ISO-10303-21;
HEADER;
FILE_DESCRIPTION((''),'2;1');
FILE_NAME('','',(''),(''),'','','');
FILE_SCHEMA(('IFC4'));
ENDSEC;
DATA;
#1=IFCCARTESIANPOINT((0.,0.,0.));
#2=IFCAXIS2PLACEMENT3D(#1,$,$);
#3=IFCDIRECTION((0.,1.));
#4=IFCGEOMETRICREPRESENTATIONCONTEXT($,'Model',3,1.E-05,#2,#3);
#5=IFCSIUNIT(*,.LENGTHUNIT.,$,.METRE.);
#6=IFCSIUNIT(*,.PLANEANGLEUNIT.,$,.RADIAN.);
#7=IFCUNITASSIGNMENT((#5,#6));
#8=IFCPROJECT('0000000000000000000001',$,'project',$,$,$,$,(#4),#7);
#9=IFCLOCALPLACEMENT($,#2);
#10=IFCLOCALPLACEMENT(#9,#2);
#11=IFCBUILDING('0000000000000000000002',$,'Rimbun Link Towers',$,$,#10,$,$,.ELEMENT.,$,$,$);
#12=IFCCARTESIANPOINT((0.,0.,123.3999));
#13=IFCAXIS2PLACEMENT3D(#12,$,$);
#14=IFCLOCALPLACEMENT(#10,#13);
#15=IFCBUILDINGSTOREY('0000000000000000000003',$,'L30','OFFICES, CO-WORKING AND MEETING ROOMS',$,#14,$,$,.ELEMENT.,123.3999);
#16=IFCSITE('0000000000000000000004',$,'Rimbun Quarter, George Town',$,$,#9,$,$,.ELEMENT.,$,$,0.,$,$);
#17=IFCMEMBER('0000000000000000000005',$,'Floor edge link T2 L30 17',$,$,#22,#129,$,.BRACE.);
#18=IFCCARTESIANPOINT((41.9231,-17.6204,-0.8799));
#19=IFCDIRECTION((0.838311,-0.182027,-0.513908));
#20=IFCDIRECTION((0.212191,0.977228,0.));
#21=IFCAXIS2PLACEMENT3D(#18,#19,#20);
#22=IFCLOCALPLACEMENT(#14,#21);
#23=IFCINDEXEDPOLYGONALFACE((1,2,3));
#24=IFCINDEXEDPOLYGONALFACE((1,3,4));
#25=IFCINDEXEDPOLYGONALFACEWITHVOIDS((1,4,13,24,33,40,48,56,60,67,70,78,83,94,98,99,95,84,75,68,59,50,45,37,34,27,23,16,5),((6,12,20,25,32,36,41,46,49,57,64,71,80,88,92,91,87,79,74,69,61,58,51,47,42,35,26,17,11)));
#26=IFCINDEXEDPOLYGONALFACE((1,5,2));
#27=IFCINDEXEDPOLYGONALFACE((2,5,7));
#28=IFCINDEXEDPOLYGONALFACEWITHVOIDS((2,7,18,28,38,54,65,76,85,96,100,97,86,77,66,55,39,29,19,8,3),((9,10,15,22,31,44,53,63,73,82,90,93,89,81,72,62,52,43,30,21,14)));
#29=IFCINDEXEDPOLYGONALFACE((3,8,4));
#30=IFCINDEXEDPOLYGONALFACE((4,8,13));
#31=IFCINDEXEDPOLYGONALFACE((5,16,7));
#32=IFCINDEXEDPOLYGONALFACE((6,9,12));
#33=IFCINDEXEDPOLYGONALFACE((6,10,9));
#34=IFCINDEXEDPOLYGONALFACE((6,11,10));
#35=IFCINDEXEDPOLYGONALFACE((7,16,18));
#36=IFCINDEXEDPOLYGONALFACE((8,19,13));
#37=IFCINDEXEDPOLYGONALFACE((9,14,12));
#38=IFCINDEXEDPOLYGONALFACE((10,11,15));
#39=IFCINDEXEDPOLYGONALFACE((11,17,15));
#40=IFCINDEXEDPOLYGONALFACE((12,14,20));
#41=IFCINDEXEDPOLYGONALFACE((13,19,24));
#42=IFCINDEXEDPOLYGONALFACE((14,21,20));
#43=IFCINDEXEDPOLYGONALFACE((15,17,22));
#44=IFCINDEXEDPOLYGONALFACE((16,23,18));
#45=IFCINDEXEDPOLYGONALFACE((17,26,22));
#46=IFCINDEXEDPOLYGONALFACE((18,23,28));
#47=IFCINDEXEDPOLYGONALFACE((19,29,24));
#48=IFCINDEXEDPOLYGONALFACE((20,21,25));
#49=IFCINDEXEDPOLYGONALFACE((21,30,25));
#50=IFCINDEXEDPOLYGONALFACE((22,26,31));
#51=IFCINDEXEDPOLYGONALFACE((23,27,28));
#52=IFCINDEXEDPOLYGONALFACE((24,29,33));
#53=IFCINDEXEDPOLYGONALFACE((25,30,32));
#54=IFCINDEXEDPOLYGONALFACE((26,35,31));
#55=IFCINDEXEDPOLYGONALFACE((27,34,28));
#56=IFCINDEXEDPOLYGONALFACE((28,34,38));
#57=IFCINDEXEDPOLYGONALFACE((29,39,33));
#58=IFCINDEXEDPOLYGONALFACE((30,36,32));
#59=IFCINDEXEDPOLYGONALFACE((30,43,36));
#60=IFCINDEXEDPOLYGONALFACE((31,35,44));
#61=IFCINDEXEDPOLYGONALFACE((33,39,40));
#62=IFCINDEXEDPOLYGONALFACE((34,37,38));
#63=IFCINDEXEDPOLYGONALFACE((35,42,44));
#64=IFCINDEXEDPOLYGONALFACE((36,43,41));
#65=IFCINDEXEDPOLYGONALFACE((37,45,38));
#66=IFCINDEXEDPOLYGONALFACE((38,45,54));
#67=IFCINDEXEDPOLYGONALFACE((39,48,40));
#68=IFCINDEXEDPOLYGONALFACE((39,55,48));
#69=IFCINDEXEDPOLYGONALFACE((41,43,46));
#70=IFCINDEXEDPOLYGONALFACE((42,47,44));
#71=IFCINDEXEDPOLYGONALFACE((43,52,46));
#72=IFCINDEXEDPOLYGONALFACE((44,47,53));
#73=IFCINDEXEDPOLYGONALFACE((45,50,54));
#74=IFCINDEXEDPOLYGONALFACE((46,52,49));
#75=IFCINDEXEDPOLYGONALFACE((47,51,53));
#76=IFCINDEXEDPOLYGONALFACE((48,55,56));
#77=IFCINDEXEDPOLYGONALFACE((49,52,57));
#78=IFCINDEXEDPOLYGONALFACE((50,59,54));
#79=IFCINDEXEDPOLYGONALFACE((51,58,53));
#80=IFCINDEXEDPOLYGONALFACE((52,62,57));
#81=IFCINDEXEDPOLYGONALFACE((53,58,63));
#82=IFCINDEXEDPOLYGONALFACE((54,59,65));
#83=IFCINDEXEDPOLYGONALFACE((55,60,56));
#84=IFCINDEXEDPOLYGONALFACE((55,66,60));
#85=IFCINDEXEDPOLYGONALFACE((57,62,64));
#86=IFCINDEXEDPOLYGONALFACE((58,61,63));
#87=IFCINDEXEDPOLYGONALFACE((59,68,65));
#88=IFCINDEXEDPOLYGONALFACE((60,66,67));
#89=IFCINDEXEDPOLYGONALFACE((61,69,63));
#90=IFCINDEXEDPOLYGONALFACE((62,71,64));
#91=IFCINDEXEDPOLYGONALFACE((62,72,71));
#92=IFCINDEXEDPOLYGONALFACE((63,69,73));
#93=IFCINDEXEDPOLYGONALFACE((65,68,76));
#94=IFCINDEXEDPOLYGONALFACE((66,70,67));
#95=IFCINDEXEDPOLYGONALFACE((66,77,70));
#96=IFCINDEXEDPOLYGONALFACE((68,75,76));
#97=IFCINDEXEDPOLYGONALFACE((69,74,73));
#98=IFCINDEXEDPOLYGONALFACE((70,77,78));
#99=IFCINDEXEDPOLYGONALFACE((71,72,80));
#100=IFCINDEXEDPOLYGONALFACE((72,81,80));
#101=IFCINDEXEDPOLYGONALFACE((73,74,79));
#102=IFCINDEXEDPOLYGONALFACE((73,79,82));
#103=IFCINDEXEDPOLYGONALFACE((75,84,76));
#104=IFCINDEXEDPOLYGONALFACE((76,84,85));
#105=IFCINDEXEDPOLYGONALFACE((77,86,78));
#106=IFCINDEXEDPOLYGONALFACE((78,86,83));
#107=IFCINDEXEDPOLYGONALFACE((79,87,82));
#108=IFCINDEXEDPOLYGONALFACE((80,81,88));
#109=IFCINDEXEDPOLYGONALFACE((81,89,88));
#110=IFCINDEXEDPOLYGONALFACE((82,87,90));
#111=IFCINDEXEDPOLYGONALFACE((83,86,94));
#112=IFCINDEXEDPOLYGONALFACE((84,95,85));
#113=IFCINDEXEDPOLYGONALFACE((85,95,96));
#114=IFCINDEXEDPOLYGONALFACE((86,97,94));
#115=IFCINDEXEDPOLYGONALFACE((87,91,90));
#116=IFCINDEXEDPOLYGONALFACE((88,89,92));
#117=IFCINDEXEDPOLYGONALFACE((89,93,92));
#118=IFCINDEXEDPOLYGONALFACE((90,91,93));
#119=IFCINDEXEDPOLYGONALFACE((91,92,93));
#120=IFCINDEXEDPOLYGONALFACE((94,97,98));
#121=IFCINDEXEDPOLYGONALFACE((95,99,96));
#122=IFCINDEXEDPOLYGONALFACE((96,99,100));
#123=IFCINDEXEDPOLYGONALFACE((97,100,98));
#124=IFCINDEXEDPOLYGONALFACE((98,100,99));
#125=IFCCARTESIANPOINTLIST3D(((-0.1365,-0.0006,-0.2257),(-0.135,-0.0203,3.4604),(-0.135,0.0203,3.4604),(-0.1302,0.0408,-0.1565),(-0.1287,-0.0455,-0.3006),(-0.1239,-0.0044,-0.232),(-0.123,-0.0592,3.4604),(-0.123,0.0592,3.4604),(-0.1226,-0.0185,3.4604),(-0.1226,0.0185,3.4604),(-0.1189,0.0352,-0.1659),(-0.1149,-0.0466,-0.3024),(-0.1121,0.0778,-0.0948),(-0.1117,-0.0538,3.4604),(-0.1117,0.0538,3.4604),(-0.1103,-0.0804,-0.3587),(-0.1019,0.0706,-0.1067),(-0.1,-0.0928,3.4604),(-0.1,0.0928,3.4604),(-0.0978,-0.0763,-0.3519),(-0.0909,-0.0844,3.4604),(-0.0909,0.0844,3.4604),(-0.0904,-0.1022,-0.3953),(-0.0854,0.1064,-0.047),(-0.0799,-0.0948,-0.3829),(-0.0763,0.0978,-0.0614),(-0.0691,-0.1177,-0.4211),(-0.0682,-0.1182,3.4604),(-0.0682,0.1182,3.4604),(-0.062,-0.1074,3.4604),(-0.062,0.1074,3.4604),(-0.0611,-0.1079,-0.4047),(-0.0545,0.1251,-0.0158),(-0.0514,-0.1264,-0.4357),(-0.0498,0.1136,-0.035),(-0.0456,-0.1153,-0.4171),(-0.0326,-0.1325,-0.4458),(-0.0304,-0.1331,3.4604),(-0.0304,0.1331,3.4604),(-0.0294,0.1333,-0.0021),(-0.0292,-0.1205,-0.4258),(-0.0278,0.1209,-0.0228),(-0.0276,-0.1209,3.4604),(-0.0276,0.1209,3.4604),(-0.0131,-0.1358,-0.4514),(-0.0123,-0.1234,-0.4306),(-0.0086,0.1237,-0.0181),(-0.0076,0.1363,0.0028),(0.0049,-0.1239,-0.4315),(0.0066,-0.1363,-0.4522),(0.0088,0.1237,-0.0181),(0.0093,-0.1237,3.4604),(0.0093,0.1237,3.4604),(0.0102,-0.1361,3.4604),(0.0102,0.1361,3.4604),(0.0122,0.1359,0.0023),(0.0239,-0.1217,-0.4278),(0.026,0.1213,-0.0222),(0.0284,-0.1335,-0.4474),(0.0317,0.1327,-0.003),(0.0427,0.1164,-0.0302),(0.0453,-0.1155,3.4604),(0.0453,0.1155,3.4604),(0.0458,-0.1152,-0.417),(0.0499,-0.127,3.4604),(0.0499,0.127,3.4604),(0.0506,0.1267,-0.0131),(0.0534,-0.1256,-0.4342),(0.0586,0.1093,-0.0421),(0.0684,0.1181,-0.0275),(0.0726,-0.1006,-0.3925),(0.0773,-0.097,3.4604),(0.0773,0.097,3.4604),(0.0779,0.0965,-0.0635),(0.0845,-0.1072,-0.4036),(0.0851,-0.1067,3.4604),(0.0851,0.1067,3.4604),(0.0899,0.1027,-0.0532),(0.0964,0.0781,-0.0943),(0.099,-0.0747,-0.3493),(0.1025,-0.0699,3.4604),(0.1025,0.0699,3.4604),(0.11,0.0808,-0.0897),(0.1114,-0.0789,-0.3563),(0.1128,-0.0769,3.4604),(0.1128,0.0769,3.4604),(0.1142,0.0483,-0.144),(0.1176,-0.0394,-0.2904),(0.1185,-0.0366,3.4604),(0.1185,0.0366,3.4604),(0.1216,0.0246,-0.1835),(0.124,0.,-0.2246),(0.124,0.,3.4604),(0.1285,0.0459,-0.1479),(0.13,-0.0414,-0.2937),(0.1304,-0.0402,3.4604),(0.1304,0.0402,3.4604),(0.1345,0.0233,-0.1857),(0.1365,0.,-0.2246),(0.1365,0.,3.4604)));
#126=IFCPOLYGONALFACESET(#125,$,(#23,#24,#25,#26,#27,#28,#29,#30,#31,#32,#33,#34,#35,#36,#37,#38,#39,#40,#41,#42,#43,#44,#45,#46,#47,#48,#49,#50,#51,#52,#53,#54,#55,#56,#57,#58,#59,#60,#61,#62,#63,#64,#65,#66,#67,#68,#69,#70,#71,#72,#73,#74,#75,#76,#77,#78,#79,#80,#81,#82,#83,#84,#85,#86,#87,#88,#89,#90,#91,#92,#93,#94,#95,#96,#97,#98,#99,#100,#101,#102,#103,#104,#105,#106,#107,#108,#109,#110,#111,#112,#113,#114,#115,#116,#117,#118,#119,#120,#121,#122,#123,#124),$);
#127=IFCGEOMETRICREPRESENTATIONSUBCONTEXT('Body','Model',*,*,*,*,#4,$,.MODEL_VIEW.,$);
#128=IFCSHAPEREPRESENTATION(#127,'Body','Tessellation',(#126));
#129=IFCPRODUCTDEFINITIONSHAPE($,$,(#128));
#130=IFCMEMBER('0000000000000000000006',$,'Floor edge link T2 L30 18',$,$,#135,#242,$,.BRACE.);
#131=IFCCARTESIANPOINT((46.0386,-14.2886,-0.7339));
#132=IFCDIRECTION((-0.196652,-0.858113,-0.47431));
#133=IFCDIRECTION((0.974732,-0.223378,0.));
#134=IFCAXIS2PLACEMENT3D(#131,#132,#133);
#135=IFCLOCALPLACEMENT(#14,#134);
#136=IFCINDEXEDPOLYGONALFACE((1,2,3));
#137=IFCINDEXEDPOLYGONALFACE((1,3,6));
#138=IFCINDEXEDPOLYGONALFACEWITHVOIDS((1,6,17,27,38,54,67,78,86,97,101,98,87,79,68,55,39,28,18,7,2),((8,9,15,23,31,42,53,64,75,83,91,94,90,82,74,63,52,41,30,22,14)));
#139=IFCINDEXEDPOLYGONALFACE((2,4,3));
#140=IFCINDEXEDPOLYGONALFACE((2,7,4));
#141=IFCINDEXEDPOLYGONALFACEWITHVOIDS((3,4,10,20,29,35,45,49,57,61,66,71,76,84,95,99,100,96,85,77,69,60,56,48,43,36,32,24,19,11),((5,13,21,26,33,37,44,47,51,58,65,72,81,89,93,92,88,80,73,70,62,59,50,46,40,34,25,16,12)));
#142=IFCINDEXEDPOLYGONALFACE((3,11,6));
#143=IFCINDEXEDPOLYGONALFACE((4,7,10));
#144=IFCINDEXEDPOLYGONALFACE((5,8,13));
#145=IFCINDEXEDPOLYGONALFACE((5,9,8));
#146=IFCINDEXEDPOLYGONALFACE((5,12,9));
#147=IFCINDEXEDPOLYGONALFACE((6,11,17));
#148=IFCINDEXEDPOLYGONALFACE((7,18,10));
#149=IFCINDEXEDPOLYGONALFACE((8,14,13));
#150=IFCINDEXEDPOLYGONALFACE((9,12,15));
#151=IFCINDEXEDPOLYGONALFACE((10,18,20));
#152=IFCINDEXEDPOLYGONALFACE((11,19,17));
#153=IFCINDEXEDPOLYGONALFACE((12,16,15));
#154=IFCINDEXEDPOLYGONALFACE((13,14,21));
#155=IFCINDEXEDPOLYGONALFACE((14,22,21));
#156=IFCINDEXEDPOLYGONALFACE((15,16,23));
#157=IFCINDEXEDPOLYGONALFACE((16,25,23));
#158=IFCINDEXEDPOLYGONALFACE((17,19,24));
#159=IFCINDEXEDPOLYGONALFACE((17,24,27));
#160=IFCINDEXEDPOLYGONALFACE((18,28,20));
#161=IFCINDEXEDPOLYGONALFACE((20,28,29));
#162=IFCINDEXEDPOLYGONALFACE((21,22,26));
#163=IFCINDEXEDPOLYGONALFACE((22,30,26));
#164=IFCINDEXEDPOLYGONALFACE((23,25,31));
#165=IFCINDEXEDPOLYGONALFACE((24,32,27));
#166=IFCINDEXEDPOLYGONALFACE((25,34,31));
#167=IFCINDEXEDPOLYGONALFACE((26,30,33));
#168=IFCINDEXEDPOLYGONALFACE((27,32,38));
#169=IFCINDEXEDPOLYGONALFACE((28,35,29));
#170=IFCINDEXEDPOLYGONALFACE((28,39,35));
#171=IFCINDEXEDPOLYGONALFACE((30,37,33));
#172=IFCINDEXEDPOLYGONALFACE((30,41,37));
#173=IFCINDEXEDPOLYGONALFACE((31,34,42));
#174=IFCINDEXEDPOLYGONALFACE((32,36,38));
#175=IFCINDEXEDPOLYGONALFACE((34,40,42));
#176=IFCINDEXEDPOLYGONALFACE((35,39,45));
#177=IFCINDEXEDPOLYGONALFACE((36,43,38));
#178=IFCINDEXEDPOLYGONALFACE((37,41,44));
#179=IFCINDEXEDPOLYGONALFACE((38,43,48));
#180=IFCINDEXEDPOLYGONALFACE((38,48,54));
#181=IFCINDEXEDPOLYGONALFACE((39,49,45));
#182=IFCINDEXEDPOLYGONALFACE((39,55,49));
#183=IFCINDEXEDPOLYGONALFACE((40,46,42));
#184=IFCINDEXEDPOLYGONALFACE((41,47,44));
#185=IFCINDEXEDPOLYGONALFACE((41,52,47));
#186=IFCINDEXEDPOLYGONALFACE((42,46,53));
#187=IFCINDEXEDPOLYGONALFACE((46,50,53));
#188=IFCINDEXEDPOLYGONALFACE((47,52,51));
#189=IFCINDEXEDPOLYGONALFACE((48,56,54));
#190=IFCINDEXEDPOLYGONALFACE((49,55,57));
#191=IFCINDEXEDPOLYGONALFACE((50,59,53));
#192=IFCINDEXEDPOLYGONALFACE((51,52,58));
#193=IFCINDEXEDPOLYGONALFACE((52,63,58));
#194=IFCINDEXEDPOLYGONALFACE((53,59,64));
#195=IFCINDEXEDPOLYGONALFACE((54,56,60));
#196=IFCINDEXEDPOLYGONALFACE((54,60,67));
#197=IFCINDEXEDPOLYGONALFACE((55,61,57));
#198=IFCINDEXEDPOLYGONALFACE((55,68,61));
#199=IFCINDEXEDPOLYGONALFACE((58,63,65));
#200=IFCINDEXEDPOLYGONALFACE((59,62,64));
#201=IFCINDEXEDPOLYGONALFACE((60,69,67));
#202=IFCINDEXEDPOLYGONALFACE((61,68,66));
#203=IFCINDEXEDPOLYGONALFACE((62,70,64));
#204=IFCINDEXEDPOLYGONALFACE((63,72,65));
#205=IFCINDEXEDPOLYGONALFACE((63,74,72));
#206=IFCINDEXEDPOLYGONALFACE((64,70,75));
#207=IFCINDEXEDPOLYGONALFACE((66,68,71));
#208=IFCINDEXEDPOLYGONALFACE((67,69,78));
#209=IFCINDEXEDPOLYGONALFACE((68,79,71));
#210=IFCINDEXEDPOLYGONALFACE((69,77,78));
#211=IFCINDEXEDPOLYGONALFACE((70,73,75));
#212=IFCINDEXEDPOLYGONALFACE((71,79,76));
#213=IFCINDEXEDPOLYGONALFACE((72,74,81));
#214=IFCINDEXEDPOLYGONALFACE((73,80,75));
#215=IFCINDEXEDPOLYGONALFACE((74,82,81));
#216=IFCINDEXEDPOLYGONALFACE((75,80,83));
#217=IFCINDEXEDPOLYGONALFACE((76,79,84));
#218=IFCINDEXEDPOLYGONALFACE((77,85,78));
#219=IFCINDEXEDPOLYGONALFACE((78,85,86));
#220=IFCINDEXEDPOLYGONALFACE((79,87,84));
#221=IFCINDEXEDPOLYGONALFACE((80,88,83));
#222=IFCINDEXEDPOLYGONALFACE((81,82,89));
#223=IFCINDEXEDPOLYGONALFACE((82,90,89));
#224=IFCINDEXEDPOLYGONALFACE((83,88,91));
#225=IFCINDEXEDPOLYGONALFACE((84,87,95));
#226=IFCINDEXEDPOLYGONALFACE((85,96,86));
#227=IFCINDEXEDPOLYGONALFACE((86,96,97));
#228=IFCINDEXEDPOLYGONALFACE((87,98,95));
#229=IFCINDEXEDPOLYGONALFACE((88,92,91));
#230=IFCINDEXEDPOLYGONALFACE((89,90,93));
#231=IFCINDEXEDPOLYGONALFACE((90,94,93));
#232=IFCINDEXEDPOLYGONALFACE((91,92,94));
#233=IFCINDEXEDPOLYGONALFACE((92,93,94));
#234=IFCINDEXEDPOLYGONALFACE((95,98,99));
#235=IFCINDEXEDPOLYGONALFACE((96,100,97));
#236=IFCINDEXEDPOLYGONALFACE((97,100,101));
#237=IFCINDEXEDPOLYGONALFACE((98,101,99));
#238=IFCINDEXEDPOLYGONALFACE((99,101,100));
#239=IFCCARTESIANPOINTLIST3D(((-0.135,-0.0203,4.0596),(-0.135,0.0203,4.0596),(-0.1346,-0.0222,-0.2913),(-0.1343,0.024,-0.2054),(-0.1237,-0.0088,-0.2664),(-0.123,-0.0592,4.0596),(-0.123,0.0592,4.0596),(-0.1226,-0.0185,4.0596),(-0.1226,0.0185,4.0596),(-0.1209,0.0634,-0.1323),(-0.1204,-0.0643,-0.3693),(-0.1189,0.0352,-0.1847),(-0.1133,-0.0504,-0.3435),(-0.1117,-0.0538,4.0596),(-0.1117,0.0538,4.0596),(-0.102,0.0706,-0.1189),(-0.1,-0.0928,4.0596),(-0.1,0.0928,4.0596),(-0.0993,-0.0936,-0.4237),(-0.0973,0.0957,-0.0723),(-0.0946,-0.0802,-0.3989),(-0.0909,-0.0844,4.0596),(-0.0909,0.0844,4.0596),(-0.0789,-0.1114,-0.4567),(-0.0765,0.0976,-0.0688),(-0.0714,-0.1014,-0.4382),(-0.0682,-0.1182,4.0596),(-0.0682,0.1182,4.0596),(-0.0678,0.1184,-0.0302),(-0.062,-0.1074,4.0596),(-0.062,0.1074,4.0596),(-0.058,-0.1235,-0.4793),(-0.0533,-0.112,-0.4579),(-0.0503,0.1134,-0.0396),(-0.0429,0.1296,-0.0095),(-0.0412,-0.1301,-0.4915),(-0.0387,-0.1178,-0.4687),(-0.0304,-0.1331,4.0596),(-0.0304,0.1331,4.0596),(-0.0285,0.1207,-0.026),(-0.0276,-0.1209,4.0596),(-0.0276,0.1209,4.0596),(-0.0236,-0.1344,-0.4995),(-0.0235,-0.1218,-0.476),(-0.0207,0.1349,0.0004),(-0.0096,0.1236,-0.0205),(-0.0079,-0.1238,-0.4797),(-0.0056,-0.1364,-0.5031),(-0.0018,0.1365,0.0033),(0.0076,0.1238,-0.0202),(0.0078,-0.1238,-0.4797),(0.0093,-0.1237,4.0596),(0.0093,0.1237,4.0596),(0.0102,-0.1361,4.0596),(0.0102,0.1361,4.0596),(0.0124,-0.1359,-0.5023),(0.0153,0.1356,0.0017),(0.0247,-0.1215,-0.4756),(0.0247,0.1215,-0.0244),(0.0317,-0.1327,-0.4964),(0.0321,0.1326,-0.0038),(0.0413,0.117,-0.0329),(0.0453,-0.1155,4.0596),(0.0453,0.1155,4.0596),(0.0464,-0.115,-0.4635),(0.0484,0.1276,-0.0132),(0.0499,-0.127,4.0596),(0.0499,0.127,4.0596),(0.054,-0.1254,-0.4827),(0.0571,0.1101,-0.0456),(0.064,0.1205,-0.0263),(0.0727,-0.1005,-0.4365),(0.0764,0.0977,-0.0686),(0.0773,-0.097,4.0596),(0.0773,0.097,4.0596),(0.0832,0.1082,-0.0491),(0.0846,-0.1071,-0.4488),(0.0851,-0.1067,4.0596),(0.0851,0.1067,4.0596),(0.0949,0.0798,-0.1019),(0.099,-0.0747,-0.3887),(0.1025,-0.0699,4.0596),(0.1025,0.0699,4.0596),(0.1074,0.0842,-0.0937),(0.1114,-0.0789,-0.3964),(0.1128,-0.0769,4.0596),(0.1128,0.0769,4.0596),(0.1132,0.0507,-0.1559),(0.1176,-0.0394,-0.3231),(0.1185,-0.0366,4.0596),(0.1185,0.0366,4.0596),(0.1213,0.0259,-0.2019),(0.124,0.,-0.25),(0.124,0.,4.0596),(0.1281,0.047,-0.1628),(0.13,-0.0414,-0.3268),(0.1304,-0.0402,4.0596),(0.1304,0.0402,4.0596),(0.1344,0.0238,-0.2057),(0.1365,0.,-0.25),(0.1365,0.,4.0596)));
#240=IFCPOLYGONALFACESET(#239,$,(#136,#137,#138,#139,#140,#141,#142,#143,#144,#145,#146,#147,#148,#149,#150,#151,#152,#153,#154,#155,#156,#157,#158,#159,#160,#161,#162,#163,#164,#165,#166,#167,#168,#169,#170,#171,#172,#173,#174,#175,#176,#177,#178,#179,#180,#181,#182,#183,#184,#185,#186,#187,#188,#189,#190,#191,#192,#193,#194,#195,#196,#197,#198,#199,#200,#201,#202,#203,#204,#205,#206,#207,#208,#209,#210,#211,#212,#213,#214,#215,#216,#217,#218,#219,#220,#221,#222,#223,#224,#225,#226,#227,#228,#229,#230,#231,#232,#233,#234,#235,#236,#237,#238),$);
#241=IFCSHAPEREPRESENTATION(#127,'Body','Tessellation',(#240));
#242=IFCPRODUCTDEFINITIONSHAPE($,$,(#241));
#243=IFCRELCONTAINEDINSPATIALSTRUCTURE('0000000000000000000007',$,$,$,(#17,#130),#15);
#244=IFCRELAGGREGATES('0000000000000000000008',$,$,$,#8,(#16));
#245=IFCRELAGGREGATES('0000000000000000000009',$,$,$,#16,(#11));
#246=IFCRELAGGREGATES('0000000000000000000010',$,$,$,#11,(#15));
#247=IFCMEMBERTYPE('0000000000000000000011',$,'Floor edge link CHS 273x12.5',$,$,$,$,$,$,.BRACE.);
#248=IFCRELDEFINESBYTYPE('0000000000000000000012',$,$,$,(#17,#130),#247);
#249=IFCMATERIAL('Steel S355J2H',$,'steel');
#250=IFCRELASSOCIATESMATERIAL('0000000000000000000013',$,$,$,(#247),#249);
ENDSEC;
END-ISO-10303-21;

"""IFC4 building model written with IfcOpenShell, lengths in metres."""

from ifc_helpers import new_model, si_unit, direction, frame, origin, origin_2d, place, context, subcontext, project, spatial, hollow_circle, extrude, clip, halfspace, material, material_profile, profile_set, type_object, element, save


model = new_model("IFC4")

# Units and contexts
model_context = context("Model", 3, precision=1e-05, world=origin(), true_north=direction((0.0, 1.0)))
body_context = subcontext(model_context, "Body", "Model", "MODEL_VIEW")
ifc_project = project(units=[si_unit("LENGTHUNIT", "METRE"), si_unit("PLANEANGLEUNIT", "RADIAN")], contexts=[model_context])

# Site, building, storey
site_placement = place(None, origin())
site = spatial("IfcSite", under=ifc_project, at=site_placement, Name="Rimbun Quarter, George Town", CompositionType="ELEMENT", RefElevation=0.0)
building_placement = place(site_placement, origin())
building = spatial("IfcBuilding", under=site, at=building_placement, Name="Rimbun Link Towers", CompositionType="ELEMENT")
storey_placement = place(building_placement, frame((0.0, 0.0, 123.3999)))
storey = spatial("IfcBuildingStorey", under=building, at=storey_placement, Name="L30", Description="OFFICES, CO-WORKING AND MEETING ROOMS", CompositionType="ELEMENT", Elevation=123.3999)

# Members
ifc_material_1 = material(Name="Steel S355J2H", Category="steel")
ifc_material_profile_1 = material_profile(ifc_material_1, hollow_circle(Radius=0.1365, WallThickness=0.0125, at=origin_2d()), Name="CHS 273x12.5")
ifc_profile_set_1 = profile_set([ifc_material_profile_1], Name="Steel S355J2H")
member_type_1 = type_object("IfcMemberType", Name="Floor edge link CHS 273x12.5", PredefinedType="BRACE", material=ifc_profile_set_1)
member_1_placement = place(storey_placement, frame((41.9231, -17.6204, -0.8799), z_axis=(0.838311, -0.182027, -0.513908), x_axis=(0.212191, 0.977228, 0.0)))
element("IfcMember", 1, at=member_1_placement, inside=storey, type_object=member_type_1, Name="Floor edge link T2 L30 17", PredefinedType="BRACE", context=body_context, shape_type="Clipping", body=[
    clip(extrude(hollow_circle(Radius=0.1365, WallThickness=0.0125, at=origin_2d()), frame((0.0, 0.0, -0.4751)), (0.0, 0.0, 1.0), 3.9355), halfspace(frame((0.0, 0.0, -0.2246), z_axis=(0.0, 0.857845, -0.513908)), False)),
])
member_2_placement = place(storey_placement, frame((46.0386, -14.2886, -0.7339), z_axis=(-0.196652, -0.858113, -0.47431), x_axis=(0.974732, -0.223378, 0.0)))
element("IfcMember", 2, at=member_2_placement, inside=storey, type_object=member_type_1, Name="Floor edge link T2 L30 18", PredefinedType="BRACE", context=body_context, shape_type="Clipping", body=[
    clip(extrude(hollow_circle(Radius=0.1365, WallThickness=0.0125, at=origin_2d()), frame((0.0, 0.0, -0.5278)), (0.0, 0.0, 1.0), 4.5874), halfspace(frame((0.0, 0.0, -0.25), z_axis=(0.0, 0.880358, -0.47431)), False)),
])

save(model, "model.ifc")
